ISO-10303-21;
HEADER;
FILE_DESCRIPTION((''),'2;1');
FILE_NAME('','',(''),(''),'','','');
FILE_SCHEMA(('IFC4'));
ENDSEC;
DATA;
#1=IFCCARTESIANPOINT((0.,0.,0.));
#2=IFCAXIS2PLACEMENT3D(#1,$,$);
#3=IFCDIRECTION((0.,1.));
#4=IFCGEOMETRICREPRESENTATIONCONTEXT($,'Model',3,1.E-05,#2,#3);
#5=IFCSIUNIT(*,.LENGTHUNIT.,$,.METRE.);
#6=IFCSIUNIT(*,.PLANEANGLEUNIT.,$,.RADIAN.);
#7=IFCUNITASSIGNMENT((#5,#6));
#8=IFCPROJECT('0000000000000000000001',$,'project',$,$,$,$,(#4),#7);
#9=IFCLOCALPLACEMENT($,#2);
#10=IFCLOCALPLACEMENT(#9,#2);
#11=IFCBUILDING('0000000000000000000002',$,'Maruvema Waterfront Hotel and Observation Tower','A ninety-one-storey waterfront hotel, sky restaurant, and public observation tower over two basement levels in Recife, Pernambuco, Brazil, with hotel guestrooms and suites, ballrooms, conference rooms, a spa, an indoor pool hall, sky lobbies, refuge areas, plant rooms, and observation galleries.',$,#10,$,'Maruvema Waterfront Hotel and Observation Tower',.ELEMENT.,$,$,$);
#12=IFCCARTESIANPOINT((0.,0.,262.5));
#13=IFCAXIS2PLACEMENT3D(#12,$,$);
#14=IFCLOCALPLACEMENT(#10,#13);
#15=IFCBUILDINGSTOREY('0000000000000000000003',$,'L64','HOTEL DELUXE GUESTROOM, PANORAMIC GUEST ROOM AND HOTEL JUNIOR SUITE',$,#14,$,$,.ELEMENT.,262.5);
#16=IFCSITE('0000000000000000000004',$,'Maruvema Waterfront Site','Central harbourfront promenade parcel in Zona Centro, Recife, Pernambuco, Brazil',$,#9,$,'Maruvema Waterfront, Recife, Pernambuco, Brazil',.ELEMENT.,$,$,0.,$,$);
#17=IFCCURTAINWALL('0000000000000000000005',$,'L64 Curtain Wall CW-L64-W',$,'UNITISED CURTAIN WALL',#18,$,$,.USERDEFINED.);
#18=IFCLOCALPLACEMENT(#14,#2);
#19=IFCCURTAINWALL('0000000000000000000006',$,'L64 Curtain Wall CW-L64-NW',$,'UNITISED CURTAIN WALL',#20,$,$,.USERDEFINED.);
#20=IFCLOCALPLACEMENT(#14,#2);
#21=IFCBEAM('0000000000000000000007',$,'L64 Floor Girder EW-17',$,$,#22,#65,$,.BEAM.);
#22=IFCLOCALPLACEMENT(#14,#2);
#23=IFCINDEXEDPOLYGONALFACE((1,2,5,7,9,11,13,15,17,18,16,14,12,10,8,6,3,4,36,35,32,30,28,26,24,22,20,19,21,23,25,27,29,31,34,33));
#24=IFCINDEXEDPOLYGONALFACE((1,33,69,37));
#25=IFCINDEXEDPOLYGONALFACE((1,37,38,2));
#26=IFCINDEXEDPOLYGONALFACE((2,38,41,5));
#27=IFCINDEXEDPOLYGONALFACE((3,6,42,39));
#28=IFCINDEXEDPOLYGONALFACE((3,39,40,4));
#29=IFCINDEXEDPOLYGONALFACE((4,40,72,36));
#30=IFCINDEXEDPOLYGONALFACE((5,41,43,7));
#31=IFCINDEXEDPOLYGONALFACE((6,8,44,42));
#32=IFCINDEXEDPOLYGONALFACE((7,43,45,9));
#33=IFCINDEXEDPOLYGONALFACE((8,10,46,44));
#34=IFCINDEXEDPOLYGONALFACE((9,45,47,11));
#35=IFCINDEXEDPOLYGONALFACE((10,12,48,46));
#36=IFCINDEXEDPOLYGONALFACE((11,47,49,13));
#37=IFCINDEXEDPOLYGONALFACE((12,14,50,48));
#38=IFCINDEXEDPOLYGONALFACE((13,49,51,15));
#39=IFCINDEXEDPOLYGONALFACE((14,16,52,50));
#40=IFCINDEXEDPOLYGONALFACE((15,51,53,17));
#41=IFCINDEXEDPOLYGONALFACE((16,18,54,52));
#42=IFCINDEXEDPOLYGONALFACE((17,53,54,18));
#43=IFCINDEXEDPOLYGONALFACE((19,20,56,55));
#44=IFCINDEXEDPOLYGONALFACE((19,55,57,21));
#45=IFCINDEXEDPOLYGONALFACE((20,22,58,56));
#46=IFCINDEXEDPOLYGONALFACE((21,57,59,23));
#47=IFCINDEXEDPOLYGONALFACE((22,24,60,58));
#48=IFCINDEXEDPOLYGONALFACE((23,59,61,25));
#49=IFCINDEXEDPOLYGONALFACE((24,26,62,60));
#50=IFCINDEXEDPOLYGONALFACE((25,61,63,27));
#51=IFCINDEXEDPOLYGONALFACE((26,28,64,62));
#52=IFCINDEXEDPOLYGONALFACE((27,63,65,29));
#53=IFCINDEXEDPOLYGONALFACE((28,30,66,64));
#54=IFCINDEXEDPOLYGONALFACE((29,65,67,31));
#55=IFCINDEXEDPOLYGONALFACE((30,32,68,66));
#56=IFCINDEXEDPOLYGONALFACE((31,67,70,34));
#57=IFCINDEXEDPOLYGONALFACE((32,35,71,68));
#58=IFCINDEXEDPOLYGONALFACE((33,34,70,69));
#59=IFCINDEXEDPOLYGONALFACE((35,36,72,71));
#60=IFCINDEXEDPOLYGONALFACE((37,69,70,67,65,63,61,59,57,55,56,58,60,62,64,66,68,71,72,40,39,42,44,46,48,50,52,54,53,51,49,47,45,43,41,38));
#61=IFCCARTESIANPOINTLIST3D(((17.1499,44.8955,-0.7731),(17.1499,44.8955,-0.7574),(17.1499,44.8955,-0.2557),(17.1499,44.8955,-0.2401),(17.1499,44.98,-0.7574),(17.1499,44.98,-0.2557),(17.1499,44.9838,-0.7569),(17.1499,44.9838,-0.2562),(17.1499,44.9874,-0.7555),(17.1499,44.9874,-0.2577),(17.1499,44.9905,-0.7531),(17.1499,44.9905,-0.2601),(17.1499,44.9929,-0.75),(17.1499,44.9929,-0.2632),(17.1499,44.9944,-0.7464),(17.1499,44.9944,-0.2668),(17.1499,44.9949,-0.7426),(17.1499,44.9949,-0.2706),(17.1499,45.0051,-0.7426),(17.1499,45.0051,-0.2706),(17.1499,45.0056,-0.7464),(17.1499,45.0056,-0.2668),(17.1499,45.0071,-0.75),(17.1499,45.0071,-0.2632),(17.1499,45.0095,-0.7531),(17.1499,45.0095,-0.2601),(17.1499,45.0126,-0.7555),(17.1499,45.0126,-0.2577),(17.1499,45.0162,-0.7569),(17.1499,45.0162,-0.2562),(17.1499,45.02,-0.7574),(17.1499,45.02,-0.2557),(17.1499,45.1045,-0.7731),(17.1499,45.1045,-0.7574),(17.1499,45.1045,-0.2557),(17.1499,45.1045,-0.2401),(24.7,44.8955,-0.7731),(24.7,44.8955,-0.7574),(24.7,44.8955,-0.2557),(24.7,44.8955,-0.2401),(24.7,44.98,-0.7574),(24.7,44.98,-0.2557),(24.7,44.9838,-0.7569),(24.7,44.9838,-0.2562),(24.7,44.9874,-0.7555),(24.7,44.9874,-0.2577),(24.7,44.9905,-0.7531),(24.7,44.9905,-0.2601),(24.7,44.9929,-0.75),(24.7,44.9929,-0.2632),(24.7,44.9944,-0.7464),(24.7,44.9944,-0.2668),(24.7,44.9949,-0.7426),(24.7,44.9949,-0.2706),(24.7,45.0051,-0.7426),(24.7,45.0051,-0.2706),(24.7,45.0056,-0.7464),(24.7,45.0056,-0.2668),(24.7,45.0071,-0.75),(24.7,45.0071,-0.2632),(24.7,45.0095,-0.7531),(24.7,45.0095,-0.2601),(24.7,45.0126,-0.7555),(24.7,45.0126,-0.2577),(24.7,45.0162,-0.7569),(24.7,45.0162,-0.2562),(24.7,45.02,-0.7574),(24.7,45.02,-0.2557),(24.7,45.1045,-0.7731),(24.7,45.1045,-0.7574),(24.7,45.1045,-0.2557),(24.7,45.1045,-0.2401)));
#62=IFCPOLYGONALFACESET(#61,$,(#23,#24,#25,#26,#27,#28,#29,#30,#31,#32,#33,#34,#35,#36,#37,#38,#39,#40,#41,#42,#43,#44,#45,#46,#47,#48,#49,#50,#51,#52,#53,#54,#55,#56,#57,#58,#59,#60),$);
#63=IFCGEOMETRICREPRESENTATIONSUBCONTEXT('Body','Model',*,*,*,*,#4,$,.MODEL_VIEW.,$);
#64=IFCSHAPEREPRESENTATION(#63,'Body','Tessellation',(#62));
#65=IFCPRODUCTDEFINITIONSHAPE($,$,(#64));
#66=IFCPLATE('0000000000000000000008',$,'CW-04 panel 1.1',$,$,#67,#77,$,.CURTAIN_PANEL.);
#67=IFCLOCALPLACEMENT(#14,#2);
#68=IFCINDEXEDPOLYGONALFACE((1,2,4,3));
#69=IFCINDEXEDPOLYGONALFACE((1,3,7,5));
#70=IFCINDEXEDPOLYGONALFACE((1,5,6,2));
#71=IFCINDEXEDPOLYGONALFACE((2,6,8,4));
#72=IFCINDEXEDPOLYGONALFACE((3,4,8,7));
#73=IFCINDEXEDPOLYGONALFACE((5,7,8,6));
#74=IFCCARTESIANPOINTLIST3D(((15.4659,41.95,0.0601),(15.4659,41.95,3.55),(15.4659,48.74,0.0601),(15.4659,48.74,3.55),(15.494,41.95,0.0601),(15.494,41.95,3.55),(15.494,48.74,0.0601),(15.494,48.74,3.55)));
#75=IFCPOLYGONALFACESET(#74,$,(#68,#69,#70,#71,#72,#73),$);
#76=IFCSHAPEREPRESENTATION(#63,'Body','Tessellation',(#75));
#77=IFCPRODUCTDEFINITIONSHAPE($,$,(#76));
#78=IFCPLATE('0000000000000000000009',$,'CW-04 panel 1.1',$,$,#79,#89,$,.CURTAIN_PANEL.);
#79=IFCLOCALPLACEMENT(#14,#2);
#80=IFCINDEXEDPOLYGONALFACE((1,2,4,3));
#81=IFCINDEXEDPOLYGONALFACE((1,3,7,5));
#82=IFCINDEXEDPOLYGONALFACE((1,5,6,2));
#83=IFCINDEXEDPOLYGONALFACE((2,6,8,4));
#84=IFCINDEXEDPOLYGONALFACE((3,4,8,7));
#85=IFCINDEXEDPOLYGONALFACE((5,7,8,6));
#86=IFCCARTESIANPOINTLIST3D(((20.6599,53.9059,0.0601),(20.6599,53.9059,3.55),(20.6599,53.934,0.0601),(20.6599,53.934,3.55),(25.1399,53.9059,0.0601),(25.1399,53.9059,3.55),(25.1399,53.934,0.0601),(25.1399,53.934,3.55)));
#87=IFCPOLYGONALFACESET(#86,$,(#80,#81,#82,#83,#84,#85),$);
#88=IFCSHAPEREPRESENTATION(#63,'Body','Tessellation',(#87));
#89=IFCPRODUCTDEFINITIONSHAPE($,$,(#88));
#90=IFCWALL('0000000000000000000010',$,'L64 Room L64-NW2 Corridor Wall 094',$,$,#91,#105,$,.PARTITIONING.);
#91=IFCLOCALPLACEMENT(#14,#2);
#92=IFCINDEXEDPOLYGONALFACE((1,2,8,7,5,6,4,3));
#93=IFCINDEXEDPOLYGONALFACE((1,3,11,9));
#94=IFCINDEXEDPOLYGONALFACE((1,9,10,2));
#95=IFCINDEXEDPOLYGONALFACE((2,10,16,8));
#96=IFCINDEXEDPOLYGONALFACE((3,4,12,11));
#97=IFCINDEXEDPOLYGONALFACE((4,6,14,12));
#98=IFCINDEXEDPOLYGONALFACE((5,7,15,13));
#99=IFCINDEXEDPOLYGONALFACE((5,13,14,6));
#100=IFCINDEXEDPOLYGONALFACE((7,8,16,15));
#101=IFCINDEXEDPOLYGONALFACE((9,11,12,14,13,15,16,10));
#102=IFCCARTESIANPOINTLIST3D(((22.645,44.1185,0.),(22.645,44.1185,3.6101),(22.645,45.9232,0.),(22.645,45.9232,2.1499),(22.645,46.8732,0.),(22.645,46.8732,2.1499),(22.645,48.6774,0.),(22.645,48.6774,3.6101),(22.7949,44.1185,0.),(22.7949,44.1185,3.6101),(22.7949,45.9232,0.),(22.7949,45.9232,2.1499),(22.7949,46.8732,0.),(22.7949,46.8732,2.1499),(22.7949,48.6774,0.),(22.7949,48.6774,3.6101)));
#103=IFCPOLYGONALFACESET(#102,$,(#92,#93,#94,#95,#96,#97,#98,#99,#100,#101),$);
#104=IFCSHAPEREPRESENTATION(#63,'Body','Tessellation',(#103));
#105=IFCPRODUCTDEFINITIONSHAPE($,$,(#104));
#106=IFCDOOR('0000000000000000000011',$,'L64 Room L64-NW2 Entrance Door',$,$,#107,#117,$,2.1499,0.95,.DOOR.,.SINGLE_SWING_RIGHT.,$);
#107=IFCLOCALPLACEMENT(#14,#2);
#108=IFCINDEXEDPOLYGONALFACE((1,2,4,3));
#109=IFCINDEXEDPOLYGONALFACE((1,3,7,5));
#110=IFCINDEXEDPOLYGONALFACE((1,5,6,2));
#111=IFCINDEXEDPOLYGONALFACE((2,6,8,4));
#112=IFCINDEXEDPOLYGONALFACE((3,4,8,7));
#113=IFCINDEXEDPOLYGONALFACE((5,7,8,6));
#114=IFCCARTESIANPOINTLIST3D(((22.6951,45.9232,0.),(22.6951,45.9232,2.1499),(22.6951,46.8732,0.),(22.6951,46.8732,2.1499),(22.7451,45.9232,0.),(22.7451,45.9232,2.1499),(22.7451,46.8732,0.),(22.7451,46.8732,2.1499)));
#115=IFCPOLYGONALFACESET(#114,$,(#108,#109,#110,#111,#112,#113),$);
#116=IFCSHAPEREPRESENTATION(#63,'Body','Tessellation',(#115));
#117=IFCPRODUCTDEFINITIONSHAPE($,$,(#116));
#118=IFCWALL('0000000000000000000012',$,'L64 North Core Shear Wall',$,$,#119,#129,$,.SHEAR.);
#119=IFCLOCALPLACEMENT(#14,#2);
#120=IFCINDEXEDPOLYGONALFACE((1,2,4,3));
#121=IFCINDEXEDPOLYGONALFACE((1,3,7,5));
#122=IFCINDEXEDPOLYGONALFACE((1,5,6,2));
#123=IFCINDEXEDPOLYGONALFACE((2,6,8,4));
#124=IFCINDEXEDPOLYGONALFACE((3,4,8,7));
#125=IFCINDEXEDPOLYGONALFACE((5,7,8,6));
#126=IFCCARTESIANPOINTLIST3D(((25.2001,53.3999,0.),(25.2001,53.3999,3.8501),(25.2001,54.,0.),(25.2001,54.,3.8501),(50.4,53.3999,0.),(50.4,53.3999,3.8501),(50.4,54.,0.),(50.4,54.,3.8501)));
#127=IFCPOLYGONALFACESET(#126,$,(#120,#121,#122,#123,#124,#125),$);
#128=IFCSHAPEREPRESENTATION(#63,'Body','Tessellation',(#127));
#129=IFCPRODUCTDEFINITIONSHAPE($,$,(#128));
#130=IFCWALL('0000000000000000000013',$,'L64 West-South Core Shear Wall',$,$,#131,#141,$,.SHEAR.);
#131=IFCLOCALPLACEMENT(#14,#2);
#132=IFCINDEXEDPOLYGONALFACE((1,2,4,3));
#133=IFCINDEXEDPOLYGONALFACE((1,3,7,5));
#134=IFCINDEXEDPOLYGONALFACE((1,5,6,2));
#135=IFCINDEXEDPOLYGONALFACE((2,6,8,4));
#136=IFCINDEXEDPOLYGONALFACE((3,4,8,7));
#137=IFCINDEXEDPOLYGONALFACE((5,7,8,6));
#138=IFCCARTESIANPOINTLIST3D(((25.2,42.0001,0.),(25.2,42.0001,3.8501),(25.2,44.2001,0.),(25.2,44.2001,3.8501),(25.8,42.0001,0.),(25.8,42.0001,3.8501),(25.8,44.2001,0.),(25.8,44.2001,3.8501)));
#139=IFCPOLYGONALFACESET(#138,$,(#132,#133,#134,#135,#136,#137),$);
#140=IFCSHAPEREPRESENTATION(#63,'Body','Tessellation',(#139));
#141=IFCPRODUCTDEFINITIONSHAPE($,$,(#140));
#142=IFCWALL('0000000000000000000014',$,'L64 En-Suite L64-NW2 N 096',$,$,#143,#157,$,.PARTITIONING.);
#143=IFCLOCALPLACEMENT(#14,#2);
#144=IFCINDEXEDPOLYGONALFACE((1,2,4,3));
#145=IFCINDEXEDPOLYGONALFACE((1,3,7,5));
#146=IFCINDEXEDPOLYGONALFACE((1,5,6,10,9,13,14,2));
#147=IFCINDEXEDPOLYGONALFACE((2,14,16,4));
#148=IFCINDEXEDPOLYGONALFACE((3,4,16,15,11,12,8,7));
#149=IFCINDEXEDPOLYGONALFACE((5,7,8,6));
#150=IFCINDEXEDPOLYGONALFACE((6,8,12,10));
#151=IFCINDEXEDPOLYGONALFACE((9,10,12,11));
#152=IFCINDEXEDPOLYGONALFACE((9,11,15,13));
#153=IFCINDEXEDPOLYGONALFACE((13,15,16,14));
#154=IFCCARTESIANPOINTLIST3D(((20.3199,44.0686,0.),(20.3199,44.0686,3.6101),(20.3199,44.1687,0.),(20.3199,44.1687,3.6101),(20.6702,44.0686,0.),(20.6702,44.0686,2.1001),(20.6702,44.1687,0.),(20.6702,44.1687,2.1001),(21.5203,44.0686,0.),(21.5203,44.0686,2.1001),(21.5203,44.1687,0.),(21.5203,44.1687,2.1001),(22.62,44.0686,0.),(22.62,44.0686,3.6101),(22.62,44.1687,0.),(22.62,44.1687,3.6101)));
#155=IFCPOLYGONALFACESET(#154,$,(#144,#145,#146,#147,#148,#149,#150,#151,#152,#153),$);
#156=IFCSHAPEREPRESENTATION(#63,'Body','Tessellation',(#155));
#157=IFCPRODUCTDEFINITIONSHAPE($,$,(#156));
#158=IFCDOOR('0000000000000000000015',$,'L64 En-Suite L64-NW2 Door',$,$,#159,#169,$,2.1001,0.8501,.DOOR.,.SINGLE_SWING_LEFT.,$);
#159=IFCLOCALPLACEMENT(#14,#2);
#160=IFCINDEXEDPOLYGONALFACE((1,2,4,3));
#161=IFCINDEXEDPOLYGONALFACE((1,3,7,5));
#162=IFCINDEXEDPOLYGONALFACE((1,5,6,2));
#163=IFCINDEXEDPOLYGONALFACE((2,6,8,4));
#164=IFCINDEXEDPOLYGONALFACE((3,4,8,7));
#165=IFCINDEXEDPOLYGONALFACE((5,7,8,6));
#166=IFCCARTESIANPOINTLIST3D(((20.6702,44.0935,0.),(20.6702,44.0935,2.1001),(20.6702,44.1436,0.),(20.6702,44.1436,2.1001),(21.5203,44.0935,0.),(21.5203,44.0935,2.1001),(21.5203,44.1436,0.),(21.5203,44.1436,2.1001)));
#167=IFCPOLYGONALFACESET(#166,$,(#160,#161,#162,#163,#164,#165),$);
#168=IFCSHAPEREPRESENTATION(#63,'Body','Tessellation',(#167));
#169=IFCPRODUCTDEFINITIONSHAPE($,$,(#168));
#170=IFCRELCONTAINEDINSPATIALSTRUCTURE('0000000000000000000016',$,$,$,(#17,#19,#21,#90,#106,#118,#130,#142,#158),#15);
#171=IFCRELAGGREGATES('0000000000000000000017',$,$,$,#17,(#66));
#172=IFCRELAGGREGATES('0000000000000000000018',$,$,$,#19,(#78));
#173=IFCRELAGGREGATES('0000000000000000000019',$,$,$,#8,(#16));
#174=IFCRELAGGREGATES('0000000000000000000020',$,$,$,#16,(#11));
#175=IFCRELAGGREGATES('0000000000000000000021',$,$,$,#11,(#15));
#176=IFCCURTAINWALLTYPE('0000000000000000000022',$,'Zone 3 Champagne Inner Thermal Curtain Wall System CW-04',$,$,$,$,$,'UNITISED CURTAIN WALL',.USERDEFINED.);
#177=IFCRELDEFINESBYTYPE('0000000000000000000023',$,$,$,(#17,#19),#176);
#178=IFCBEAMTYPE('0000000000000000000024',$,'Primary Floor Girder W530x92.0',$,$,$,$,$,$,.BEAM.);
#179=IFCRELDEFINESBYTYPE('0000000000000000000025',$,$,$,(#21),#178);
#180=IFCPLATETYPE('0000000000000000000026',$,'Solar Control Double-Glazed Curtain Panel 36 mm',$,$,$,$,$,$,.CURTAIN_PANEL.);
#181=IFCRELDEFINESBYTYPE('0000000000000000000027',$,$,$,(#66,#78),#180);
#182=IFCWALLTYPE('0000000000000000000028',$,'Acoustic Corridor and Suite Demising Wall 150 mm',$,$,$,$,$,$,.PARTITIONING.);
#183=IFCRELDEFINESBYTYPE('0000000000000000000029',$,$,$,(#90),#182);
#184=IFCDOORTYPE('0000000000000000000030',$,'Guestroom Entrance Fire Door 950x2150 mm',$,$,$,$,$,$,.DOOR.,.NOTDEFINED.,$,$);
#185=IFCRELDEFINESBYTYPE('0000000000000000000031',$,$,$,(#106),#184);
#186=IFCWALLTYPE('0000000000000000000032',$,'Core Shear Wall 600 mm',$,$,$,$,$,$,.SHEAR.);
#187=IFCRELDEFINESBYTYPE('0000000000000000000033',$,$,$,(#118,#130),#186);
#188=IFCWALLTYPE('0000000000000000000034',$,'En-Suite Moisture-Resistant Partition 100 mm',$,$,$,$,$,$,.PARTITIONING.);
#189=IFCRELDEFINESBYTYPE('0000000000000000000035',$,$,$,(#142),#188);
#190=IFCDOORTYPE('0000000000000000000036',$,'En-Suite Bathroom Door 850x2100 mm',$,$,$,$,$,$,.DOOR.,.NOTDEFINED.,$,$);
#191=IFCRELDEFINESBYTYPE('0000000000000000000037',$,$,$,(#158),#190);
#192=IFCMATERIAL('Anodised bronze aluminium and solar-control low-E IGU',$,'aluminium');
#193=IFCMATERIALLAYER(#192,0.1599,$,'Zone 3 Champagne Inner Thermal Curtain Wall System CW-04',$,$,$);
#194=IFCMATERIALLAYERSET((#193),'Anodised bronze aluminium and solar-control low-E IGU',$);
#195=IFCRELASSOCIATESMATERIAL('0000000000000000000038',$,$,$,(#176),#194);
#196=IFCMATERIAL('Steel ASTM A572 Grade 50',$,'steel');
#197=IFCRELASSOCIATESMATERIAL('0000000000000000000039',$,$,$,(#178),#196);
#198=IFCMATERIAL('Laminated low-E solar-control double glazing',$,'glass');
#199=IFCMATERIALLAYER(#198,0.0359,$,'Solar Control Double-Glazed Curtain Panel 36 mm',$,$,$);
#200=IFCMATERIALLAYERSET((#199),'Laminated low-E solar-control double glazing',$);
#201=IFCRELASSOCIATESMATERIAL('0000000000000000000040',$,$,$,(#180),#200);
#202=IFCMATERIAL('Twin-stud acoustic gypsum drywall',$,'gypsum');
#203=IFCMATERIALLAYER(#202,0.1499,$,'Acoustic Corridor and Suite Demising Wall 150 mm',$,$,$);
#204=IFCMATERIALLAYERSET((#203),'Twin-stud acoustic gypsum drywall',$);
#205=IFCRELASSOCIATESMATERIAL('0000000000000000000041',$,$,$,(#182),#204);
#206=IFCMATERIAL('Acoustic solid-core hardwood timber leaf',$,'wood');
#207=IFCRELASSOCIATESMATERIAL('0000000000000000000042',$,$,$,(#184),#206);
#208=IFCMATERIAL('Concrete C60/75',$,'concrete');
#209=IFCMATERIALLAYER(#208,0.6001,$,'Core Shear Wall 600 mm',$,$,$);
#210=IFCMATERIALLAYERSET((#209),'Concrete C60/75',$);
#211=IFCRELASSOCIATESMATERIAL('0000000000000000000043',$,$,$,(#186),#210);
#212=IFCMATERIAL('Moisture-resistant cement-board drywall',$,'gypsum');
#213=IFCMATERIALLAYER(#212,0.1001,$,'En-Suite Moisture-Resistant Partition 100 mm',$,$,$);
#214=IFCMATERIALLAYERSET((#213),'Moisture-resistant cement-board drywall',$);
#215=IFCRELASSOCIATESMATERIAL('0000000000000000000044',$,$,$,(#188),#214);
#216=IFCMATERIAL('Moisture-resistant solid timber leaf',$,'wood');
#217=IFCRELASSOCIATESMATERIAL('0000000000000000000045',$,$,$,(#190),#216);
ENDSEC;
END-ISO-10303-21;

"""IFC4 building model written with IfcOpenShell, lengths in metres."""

from ifc_helpers import new_model, si_unit, direction, frame, frame_2d, origin, origin_2d, place, context, subcontext, project, spatial, rectangle, i_section, extrude, material, layer, layer_set, material_profile, profile_set, type_object, element, fill, aggregate, save


model = new_model("IFC4")

# Units and contexts
model_context = context("Model", 3, precision=1e-05, world=origin(), true_north=direction((0.0, 1.0)))
body_context = subcontext(model_context, "Body", "Model", "MODEL_VIEW")
ifc_project = project(units=[si_unit("LENGTHUNIT", "METRE"), si_unit("PLANEANGLEUNIT", "RADIAN")], contexts=[model_context])

# Site, building, storey
site_placement = place(None, origin())
site = spatial("IfcSite", under=ifc_project, at=site_placement, Name="Maruvema Waterfront Site", Description="Central harbourfront promenade parcel in Zona Centro, Recife, Pernambuco, Brazil", LongName="Maruvema Waterfront, Recife, Pernambuco, Brazil", CompositionType="ELEMENT", RefElevation=0.0)
building_placement = place(site_placement, origin())
building = spatial("IfcBuilding", under=site, at=building_placement, Name="Maruvema Waterfront Hotel and Observation Tower", Description="A ninety-one-storey waterfront hotel, sky restaurant, and public observation tower over two basement levels in Recife, Pernambuco, Brazil, with hotel guestrooms and suites, ballrooms, conference rooms, a spa, an indoor pool hall, sky lobbies, refuge areas, plant rooms, and observation galleries.", LongName="Maruvema Waterfront Hotel and Observation Tower", CompositionType="ELEMENT")
storey_placement = place(building_placement, frame((0.0, 0.0, 262.5)))
storey = spatial("IfcBuildingStorey", under=building, at=storey_placement, Name="L64", Description="HOTEL DELUXE GUESTROOM, PANORAMIC GUEST ROOM AND HOTEL JUNIOR SUITE", CompositionType="ELEMENT", Elevation=262.5)

# Curtain walls
ifc_material_1 = material(Name="Anodised bronze aluminium and solar-control low-E IGU", Category="aluminium")
ifc_layer_1 = layer(ifc_material_1, 0.1599, Name="Zone 3 Champagne Inner Thermal Curtain Wall System CW-04")
ifc_layer_set_1 = layer_set([ifc_layer_1], Name="Anodised bronze aluminium and solar-control low-E IGU")
curtain_wall_type = type_object("IfcCurtainWallType", Name="Zone 3 Champagne Inner Thermal Curtain Wall System CW-04", ElementType="UNITISED CURTAIN WALL", PredefinedType="USERDEFINED", material=ifc_layer_set_1)
curtain_wall_1_placement = place(storey_placement, origin())
curtain_wall_1 = element("IfcCurtainWall", 1, at=curtain_wall_1_placement, inside=storey, type_object=curtain_wall_type, Name="L64 Curtain Wall CW-L64-W", ObjectType="UNITISED CURTAIN WALL", PredefinedType="USERDEFINED")
curtain_wall_2_placement = place(storey_placement, origin())
curtain_wall_2 = element("IfcCurtainWall", 2, at=curtain_wall_2_placement, inside=storey, type_object=curtain_wall_type, Name="L64 Curtain Wall CW-L64-NW", ObjectType="UNITISED CURTAIN WALL", PredefinedType="USERDEFINED")

# Beam
ifc_material_2 = material(Name="Steel ASTM A572 Grade 50", Category="steel")
ifc_material_profile_1 = material_profile(ifc_material_2, i_section(OverallWidth=0.209, OverallDepth=0.533, WebThickness=0.0103, FlangeThickness=0.0156, FilletRadius=0.0149, at=origin_2d()), Name="W530x92.0")
ifc_profile_set_1 = profile_set([ifc_material_profile_1], Name="Steel ASTM A572 Grade 50")
beam_type = type_object("IfcBeamType", Name="Primary Floor Girder W530x92.0", PredefinedType="BEAM", material=ifc_profile_set_1)
beam_placement = place(storey_placement, frame((17.1499, 45.0, -0.5066), z_axis=(1.0, 0.0, 0.0), x_axis=(0.0, 1.0, 0.0)))
element("IfcBeam", 3, at=beam_placement, inside=storey, type_object=beam_type, Name="L64 Floor Girder EW-17", PredefinedType="BEAM", context=body_context, shape_type="SweptSolid", body=[
    extrude(i_section(OverallWidth=0.209, OverallDepth=0.533, WebThickness=0.0103, FlangeThickness=0.0156, FilletRadius=0.0149, at=origin_2d()), origin(), (0.0, 0.0, 1.0), 7.55),
])

# Plates
ifc_material_3 = material(Name="Laminated low-E solar-control double glazing", Category="glass")
ifc_layer_2 = layer(ifc_material_3, 0.0359, Name="Solar Control Double-Glazed Curtain Panel 36 mm")
ifc_layer_set_2 = layer_set([ifc_layer_2], Name="Laminated low-E solar-control double glazing")
plate_type = type_object("IfcPlateType", Name="Solar Control Double-Glazed Curtain Panel 36 mm", PredefinedType="CURTAIN_PANEL", material=ifc_layer_set_2)
plate_1_placement = place(storey_placement, frame((15.48, 45.345, 0.0601), z_axis=(0.0, 0.0, 1.0), x_axis=(0.0, -1.0, 0.0)))
plate_1 = element("IfcPlate", 4, at=plate_1_placement, type_object=plate_type, Name="CW-04 panel 1.1", PredefinedType="CURTAIN_PANEL", context=body_context, shape_type="SweptSolid", body=[
    extrude(rectangle(XDim=6.79, YDim=0.0281, at=origin_2d()), origin(), (0.0, 0.0, 1.0), 3.49),
])
aggregate(curtain_wall_1, [plate_1])
plate_2_placement = place(storey_placement, frame((22.8999, 53.9199, 0.0601), z_axis=(0.0, 0.0, 1.0), x_axis=(-1.0, 0.0, 0.0)))
plate_2 = element("IfcPlate", 5, at=plate_2_placement, type_object=plate_type, Name="CW-04 panel 1.1", PredefinedType="CURTAIN_PANEL", context=body_context, shape_type="SweptSolid", body=[
    extrude(rectangle(XDim=4.48, YDim=0.0281, at=origin_2d()), origin(), (0.0, 0.0, 1.0), 3.49),
])
aggregate(curtain_wall_2, [plate_2])

# Wall, opening, door
ifc_material_4 = material(Name="Twin-stud acoustic gypsum drywall", Category="gypsum")
ifc_layer_3 = layer(ifc_material_4, 0.1499, Name="Acoustic Corridor and Suite Demising Wall 150 mm")
ifc_layer_set_3 = layer_set([ifc_layer_3], Name="Twin-stud acoustic gypsum drywall")
wall_type_1 = type_object("IfcWallType", Name="Acoustic Corridor and Suite Demising Wall 150 mm", PredefinedType="PARTITIONING", material=ifc_layer_set_3)
wall_1_placement = place(storey_placement, frame((22.72, 44.1187, 0.0), z_axis=(0.0, 0.0, 1.0), x_axis=(0.0, 1.0, 0.0)))
wall_1 = element("IfcWall", 6, at=wall_1_placement, inside=storey, type_object=wall_type_1, Name="L64 Room L64-NW2 Corridor Wall 094", PredefinedType="PARTITIONING", context=body_context, shape_type="SweptSolid", body=[
    extrude(rectangle(XDim=4.5588, YDim=0.1499, at=frame_2d((2.2793, 0.0))), origin(), (0.0, 0.0, 1.0), 3.6101),
])
opening_1_placement = place(wall_1_placement, frame((1.8044, 0.0, 0.0)))
opening_1 = element("IfcOpeningElement", 7, at=opening_1_placement, cuts=wall_1, PredefinedType="OPENING", context=body_context, shape_type="SweptSolid", body=[
    extrude(rectangle(XDim=0.95, YDim=2.1499, at=frame_2d((0.4751, 1.075))), frame((0.0, 0.085, 0.0), z_axis=(0.0, -1.0, 0.0), x_axis=(1.0, 0.0, 0.0)), (0.0, 0.0, 1.0), 0.1699),
])
ifc_material_5 = material(Name="Acoustic solid-core hardwood timber leaf", Category="wood")
door_type_1 = type_object("IfcDoorType", Name="Guestroom Entrance Fire Door 950x2150 mm", OperationType="NOTDEFINED", PredefinedType="DOOR", material=ifc_material_5)
door_1_placement = place(opening_1_placement, origin())
door_1 = element("IfcDoor", 8, at=door_1_placement, inside=storey, type_object=door_type_1, Name="L64 Room L64-NW2 Entrance Door", OperationType="SINGLE_SWING_RIGHT", OverallHeight=2.1499, OverallWidth=0.95, PredefinedType="DOOR", context=body_context, shape_type="SweptSolid", body=[
    extrude(rectangle(XDim=0.95, YDim=2.1499, at=frame_2d((0.4751, 1.075))), frame((0.0, 0.0249, 0.0), z_axis=(0.0, -1.0, 0.0), x_axis=(1.0, 0.0, 0.0)), (0.0, 0.0, 1.0), 0.05),
])
fill(opening_1, door_1)

# Walls
ifc_material_6 = material(Name="Concrete C60/75", Category="concrete")
ifc_layer_4 = layer(ifc_material_6, 0.6001, Name="Core Shear Wall 600 mm")
ifc_layer_set_4 = layer_set([ifc_layer_4], Name="Concrete C60/75")
wall_type_2 = type_object("IfcWallType", Name="Core Shear Wall 600 mm", PredefinedType="SHEAR", material=ifc_layer_set_4)
wall_2_placement = place(storey_placement, frame((25.2, 53.7, 0.0), z_axis=(0.0, 0.0, 1.0), x_axis=(1.0, 0.0, 0.0)))
element("IfcWall", 9, at=wall_2_placement, inside=storey, type_object=wall_type_2, Name="L64 North Core Shear Wall", PredefinedType="SHEAR", context=body_context, shape_type="SweptSolid", body=[
    extrude(rectangle(XDim=25.2, YDim=0.6001, at=frame_2d((12.6001, 0.0))), origin(), (0.0, 0.0, 1.0), 3.8501),
])
wall_3_placement = place(storey_placement, frame((25.5, 42.0, 0.0), z_axis=(0.0, 0.0, 1.0), x_axis=(0.0, 1.0, 0.0)))
element("IfcWall", 10, at=wall_3_placement, inside=storey, type_object=wall_type_2, Name="L64 West-South Core Shear Wall", PredefinedType="SHEAR", context=body_context, shape_type="SweptSolid", body=[
    extrude(rectangle(XDim=2.2, YDim=0.6001, at=frame_2d((1.1001, 0.0))), origin(), (0.0, 0.0, 1.0), 3.8501),
])

# Wall, opening, door
ifc_material_7 = material(Name="Moisture-resistant cement-board drywall", Category="gypsum")
ifc_layer_5 = layer(ifc_material_7, 0.1001, Name="En-Suite Moisture-Resistant Partition 100 mm")
ifc_layer_set_5 = layer_set([ifc_layer_5], Name="Moisture-resistant cement-board drywall")
wall_type_3 = type_object("IfcWallType", Name="En-Suite Moisture-Resistant Partition 100 mm", PredefinedType="PARTITIONING", material=ifc_layer_set_5)
wall_4_placement = place(storey_placement, frame((20.3201, 44.1187, 0.0), z_axis=(0.0, 0.0, 1.0), x_axis=(1.0, 0.0, 0.0)))
wall_4 = element("IfcWall", 11, at=wall_4_placement, inside=storey, type_object=wall_type_3, Name="L64 En-Suite L64-NW2 N 096", PredefinedType="PARTITIONING", context=body_context, shape_type="SweptSolid", body=[
    extrude(rectangle(XDim=2.3, YDim=0.1001, at=frame_2d((1.1499, 0.0))), origin(), (0.0, 0.0, 1.0), 3.6101),
])
opening_2_placement = place(wall_4_placement, frame((0.3501, 0.0, 0.0)))
opening_2 = element("IfcOpeningElement", 12, at=opening_2_placement, cuts=wall_4, PredefinedType="OPENING", context=body_context, shape_type="SweptSolid", body=[
    extrude(rectangle(XDim=0.8501, YDim=2.1001, at=frame_2d((0.425, 1.05))), frame((0.0, 0.0601, 0.0), z_axis=(0.0, -1.0, 0.0), x_axis=(1.0, 0.0, 0.0)), (0.0, 0.0, 1.0), 0.1201),
])
ifc_material_8 = material(Name="Moisture-resistant solid timber leaf", Category="wood")
door_type_2 = type_object("IfcDoorType", Name="En-Suite Bathroom Door 850x2100 mm", OperationType="NOTDEFINED", PredefinedType="DOOR", material=ifc_material_8)
door_2_placement = place(opening_2_placement, origin())
door_2 = element("IfcDoor", 13, at=door_2_placement, inside=storey, type_object=door_type_2, Name="L64 En-Suite L64-NW2 Door", OperationType="SINGLE_SWING_LEFT", OverallHeight=2.1001, OverallWidth=0.8501, PredefinedType="DOOR", context=body_context, shape_type="SweptSolid", body=[
    extrude(rectangle(XDim=0.8501, YDim=2.1001, at=frame_2d((0.425, 1.05))), frame((0.0, 0.0249, 0.0), z_axis=(0.0, -1.0, 0.0), x_axis=(1.0, 0.0, 0.0)), (0.0, 0.0, 1.0), 0.05),
])
fill(opening_2, door_2)

save(model, "model.ifc")
